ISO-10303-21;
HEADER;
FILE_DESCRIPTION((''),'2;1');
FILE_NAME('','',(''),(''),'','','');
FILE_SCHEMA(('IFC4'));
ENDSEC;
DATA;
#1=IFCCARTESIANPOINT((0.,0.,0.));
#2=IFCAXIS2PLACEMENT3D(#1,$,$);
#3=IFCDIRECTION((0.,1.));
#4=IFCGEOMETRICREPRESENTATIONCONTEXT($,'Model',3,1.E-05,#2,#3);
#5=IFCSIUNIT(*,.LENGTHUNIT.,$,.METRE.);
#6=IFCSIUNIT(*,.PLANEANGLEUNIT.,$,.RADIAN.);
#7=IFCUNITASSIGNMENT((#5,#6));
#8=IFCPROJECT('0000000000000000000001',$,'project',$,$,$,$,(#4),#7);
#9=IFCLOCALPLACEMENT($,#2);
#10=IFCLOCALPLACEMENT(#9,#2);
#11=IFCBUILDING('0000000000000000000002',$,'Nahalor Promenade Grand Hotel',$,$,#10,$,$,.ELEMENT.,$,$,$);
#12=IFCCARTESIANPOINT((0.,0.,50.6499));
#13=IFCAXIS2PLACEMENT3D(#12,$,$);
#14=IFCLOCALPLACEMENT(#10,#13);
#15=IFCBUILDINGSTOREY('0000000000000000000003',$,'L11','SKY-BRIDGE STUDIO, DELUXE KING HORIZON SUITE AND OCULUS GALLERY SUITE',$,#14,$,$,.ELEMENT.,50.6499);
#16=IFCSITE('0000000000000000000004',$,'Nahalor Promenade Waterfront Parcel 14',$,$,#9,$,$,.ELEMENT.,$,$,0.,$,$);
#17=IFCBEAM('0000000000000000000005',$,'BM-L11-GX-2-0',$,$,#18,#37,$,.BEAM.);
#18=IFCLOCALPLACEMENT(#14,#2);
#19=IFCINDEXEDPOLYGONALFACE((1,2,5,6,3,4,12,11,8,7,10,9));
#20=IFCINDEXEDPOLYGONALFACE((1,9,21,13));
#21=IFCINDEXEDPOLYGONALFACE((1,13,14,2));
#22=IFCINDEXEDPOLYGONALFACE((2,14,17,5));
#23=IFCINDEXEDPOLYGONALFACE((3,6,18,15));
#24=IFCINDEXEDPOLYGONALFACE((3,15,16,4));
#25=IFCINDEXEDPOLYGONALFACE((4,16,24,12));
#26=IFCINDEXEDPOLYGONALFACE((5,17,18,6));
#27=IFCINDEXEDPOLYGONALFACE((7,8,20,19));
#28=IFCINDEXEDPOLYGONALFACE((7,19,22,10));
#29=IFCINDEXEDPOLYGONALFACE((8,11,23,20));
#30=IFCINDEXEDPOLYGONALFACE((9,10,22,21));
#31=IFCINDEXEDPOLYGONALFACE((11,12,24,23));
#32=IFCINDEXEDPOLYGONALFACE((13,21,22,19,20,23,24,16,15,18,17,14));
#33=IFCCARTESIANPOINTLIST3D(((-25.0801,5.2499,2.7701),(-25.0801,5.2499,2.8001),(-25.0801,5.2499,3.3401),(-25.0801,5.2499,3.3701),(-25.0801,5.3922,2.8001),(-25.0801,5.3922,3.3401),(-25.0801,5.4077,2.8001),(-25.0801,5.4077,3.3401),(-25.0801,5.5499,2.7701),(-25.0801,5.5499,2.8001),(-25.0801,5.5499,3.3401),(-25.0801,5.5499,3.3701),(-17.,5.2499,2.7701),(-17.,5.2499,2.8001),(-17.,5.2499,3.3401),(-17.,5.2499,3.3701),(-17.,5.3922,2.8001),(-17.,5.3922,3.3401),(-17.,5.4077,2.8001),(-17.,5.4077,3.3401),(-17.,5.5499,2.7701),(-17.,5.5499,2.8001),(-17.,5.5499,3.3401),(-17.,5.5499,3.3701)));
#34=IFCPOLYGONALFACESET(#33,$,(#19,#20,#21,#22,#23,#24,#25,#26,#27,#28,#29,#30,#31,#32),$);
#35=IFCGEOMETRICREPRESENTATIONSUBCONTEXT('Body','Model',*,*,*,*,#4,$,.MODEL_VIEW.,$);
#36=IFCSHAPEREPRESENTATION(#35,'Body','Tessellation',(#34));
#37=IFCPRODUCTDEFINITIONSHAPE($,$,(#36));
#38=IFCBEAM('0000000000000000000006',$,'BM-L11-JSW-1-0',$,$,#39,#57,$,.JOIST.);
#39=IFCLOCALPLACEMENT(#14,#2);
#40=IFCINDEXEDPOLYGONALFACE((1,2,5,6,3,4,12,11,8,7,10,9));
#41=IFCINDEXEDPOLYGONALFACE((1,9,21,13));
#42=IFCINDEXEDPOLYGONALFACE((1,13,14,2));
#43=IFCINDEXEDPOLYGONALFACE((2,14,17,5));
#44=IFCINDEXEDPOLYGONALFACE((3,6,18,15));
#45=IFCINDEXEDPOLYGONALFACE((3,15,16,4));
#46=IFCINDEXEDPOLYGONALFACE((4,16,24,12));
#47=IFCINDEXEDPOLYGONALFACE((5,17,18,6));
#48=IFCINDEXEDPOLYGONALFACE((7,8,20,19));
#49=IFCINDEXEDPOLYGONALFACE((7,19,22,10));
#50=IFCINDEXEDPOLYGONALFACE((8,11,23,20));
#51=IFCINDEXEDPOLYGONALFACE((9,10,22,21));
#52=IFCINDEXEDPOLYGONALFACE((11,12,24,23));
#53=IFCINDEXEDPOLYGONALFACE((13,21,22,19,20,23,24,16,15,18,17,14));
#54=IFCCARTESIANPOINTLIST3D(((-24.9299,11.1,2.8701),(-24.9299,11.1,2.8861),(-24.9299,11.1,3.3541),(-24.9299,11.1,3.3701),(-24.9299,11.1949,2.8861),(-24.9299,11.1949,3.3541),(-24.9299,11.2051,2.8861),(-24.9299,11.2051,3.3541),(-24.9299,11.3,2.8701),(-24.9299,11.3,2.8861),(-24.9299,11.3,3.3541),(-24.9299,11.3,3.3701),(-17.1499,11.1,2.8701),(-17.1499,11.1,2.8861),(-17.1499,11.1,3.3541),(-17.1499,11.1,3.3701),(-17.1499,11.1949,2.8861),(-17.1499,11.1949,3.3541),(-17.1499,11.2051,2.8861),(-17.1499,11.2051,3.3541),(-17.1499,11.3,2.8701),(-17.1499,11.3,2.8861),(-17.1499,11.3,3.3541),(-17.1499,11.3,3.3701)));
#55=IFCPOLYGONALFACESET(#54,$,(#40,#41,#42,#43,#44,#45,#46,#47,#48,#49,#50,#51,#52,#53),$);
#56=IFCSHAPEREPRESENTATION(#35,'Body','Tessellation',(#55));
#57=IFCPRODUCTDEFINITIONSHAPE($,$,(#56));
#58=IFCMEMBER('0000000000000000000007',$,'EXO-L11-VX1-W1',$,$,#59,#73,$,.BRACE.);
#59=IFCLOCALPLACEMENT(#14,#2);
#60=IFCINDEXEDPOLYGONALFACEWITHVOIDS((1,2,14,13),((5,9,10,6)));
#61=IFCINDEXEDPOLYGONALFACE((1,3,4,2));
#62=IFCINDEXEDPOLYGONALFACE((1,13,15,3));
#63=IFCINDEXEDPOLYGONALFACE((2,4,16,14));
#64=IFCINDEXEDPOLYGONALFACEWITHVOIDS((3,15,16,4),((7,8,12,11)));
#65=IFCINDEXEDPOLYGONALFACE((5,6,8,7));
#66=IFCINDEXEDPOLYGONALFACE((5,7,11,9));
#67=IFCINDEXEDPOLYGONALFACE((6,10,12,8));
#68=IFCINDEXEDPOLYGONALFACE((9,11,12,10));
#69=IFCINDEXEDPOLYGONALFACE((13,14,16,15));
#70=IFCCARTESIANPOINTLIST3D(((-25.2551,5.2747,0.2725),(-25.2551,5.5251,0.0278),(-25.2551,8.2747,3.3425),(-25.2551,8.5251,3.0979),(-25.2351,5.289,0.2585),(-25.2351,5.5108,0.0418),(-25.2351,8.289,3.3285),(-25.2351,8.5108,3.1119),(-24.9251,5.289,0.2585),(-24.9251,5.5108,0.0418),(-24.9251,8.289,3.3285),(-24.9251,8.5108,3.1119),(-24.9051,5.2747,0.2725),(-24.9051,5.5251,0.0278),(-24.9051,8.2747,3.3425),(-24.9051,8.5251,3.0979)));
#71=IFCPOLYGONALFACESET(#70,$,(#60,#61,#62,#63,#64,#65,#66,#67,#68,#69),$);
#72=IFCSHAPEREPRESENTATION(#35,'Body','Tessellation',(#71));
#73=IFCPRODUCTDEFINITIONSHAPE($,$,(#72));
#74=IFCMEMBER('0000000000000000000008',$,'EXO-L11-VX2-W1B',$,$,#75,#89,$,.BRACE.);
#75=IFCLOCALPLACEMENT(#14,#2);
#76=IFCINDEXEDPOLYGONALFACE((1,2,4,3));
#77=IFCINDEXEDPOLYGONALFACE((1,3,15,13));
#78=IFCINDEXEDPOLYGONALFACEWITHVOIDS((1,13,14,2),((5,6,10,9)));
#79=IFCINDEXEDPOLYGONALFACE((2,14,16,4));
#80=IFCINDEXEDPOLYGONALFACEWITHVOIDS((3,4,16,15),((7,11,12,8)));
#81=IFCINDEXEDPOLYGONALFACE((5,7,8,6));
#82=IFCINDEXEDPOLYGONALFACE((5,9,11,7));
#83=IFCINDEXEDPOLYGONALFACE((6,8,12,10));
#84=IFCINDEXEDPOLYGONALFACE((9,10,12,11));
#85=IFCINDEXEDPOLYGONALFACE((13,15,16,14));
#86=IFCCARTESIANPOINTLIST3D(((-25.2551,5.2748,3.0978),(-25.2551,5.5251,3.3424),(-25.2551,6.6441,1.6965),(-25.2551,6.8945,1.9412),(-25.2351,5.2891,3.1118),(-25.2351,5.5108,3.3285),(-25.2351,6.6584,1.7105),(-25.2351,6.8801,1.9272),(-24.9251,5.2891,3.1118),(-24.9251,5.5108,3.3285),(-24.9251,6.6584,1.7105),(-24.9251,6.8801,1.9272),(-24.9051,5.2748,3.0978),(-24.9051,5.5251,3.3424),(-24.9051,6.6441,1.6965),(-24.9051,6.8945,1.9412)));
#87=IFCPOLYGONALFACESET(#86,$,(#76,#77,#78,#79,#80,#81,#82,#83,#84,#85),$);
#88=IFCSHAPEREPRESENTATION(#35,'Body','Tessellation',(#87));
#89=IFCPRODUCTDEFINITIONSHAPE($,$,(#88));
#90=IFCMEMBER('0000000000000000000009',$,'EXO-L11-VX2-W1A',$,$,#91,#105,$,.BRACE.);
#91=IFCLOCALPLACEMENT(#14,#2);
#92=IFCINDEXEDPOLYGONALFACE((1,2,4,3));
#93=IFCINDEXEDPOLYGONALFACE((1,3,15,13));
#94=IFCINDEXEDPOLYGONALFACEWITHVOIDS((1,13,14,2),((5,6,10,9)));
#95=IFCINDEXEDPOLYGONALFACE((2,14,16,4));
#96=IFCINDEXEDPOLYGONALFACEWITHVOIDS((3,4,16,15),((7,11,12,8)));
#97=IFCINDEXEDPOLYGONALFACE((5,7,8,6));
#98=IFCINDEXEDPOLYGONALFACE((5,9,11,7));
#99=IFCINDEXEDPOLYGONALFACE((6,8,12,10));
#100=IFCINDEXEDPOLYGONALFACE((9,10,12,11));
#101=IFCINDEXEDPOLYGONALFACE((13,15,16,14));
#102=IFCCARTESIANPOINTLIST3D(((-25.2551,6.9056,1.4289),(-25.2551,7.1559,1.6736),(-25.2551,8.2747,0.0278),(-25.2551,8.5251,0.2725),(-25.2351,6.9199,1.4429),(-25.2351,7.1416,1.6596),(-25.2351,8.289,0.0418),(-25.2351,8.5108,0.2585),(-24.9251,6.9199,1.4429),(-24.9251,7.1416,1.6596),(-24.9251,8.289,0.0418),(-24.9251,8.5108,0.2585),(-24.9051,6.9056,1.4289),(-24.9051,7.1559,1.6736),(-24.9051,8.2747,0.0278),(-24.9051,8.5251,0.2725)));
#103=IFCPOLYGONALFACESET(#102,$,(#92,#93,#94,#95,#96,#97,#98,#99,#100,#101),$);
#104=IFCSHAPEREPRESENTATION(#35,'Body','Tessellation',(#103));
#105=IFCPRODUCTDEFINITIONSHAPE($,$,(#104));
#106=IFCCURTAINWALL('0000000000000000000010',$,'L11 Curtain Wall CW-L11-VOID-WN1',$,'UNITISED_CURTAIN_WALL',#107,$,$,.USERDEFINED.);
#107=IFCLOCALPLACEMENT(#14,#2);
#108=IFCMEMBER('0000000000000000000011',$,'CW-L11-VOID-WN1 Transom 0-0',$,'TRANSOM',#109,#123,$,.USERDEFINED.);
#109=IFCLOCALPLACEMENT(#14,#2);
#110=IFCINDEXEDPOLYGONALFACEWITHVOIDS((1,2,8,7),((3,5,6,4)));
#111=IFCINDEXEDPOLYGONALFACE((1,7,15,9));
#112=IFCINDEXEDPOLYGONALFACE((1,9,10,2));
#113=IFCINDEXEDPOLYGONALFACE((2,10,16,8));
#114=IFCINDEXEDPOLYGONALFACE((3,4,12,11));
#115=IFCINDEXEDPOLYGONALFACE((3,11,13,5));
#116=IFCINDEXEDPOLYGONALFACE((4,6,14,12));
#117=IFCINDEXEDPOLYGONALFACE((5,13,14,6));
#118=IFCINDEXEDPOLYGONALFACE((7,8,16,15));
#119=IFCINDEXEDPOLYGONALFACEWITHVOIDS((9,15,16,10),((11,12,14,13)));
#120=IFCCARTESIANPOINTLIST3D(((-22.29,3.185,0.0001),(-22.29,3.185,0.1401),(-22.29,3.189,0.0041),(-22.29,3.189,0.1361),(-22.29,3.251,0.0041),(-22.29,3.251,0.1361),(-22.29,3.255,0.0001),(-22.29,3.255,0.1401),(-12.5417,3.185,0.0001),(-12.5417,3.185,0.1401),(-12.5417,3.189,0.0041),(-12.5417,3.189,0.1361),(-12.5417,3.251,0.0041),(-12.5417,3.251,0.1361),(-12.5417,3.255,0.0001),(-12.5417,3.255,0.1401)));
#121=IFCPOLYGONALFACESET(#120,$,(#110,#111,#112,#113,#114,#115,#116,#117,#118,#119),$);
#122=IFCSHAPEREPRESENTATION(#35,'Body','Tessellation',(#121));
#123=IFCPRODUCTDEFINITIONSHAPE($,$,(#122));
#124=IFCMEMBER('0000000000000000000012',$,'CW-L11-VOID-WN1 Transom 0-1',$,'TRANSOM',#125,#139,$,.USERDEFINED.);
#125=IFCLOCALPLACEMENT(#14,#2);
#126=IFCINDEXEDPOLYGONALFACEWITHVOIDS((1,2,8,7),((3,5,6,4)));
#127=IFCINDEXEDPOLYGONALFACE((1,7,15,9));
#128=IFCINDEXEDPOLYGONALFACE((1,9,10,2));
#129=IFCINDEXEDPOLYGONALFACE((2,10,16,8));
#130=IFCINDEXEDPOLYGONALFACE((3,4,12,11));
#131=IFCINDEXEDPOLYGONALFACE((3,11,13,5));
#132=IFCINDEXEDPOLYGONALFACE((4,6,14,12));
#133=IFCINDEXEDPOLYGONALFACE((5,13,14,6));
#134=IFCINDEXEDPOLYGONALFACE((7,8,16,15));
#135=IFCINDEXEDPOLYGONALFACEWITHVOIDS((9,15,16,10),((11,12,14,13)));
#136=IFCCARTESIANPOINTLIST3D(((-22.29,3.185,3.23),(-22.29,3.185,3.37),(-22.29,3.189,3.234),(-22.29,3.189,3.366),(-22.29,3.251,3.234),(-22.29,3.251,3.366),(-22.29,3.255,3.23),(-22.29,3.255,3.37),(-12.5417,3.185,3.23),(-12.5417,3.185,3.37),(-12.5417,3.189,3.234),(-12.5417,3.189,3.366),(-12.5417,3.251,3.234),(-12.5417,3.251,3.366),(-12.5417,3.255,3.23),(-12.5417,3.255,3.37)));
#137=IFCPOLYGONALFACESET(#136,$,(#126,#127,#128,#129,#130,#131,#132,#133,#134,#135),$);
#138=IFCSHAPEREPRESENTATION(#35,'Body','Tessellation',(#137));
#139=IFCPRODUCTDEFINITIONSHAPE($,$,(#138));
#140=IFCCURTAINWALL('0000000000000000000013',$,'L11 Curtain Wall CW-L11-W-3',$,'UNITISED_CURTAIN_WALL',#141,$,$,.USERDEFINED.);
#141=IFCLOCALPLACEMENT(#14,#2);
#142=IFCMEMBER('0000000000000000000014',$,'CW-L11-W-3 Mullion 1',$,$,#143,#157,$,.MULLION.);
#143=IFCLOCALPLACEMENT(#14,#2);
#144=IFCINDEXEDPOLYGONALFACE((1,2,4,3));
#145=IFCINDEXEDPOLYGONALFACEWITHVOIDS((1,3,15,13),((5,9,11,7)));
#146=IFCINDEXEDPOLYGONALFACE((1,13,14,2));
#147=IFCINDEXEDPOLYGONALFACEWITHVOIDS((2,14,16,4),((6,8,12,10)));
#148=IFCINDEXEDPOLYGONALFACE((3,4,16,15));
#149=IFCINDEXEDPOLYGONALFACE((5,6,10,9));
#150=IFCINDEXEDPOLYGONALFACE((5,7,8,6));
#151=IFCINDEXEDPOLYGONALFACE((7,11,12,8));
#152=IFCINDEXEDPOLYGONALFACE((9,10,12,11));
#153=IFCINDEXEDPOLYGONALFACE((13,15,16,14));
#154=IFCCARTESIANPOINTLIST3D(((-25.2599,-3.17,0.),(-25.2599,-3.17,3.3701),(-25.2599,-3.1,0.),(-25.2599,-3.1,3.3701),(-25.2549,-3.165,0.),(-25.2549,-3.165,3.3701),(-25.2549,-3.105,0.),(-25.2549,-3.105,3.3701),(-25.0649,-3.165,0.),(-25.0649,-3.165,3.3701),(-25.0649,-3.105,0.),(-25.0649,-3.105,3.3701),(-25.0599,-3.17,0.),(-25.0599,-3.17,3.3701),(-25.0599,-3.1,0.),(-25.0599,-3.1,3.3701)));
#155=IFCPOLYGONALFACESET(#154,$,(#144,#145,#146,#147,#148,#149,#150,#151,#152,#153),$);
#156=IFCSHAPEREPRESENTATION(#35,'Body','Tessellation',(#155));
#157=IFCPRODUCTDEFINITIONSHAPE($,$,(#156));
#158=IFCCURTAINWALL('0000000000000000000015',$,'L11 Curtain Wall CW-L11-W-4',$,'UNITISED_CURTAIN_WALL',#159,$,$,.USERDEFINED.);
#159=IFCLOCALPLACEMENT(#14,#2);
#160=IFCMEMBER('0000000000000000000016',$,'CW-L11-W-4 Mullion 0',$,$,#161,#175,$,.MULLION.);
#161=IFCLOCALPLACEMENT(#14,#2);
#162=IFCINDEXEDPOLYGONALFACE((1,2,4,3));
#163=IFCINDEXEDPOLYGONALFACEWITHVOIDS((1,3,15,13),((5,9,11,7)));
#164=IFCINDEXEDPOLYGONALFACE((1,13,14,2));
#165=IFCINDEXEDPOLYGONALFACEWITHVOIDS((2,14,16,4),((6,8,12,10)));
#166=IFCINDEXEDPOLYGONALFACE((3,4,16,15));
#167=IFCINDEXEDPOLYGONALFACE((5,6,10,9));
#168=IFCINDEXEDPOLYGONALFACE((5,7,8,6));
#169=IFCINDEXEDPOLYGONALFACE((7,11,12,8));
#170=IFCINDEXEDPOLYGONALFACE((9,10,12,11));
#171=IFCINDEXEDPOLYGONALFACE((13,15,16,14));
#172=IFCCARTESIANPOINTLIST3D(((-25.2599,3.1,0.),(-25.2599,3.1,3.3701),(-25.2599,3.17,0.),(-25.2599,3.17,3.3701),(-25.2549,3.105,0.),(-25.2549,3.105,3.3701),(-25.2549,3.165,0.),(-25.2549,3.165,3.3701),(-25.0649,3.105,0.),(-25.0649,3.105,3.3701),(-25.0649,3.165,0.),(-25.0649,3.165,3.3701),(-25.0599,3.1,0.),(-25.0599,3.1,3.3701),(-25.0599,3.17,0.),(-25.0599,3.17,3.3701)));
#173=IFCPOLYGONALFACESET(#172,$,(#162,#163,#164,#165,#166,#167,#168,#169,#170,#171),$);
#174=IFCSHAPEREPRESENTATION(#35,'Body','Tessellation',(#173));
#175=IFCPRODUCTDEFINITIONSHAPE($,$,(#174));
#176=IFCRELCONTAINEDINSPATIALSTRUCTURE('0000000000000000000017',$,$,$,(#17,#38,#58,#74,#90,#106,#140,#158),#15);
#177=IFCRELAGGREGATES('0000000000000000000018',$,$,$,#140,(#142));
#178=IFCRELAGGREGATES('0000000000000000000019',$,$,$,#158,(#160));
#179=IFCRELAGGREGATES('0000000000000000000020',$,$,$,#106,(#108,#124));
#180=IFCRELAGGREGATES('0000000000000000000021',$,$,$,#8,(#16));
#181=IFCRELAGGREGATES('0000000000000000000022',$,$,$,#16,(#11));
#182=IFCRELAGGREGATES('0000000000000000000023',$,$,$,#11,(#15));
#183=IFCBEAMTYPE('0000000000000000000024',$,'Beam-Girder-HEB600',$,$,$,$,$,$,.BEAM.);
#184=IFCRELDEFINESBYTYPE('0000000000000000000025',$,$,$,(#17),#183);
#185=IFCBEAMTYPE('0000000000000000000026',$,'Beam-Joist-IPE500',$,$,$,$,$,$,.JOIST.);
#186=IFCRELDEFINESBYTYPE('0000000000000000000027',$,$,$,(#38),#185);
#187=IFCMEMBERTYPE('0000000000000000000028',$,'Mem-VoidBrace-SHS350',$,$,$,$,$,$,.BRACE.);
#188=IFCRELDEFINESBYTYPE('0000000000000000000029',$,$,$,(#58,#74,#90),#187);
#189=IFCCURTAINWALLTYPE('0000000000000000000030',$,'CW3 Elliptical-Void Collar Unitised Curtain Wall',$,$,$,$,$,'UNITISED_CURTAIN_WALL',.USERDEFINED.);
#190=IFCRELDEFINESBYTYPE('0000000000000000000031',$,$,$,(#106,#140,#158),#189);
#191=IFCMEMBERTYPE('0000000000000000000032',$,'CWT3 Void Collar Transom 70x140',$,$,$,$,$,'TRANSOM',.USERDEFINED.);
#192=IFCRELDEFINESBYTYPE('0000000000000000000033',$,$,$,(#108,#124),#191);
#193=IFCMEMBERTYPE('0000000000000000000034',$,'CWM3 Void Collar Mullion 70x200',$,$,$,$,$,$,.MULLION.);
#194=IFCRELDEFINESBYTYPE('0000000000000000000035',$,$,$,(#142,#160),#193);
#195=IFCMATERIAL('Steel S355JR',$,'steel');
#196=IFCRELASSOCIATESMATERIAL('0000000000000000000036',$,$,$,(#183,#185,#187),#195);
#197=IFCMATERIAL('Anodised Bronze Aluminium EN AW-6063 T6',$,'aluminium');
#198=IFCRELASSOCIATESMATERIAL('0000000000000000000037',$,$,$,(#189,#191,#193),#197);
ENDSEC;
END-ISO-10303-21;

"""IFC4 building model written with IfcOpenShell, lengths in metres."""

from ifc_helpers import new_model, si_unit, direction, frame, origin, origin_2d, place, context, subcontext, project, spatial, hollow_rectangle, i_section, extrude, source, transform, mapped, material, material_profile, profile_set, type_object, element, aggregate, save


model = new_model("IFC4")

# Units and contexts
model_context = context("Model", 3, precision=1e-05, world=origin(), true_north=direction((0.0, 1.0)))
body_context = subcontext(model_context, "Body", "Model", "MODEL_VIEW")
ifc_project = project(units=[si_unit("LENGTHUNIT", "METRE"), si_unit("PLANEANGLEUNIT", "RADIAN")], contexts=[model_context])

# Site, building, storey
site_placement = place(None, origin())
site = spatial("IfcSite", under=ifc_project, at=site_placement, Name="Nahalor Promenade Waterfront Parcel 14", CompositionType="ELEMENT", RefElevation=0.0)
building_placement = place(site_placement, origin())
building = spatial("IfcBuilding", under=site, at=building_placement, Name="Nahalor Promenade Grand Hotel", CompositionType="ELEMENT")
storey_placement = place(building_placement, frame((0.0, 0.0, 50.6499)))
storey = spatial("IfcBuildingStorey", under=building, at=storey_placement, Name="L11", Description="SKY-BRIDGE STUDIO, DELUXE KING HORIZON SUITE AND OCULUS GALLERY SUITE", CompositionType="ELEMENT", Elevation=50.6499)

# Beams
ifc_material_1 = material(Name="Steel S355JR", Category="steel")
ifc_material_profile_1 = material_profile(ifc_material_1, i_section(OverallWidth=0.3, OverallDepth=0.6, WebThickness=0.0155, FlangeThickness=0.03, at=origin_2d()), Name="HEB 600")
ifc_profile_set_1 = profile_set([ifc_material_profile_1], Name="Steel S355JR")
beam_type_1 = type_object("IfcBeamType", Name="Beam-Girder-HEB600", PredefinedType="BEAM", material=ifc_profile_set_1)
ifc_material_profile_2 = material_profile(ifc_material_1, i_section(OverallWidth=0.2, OverallDepth=0.5, WebThickness=0.0102, FlangeThickness=0.016, at=origin_2d()), Name="IPE 500")
ifc_profile_set_2 = profile_set([ifc_material_profile_2], Name="Steel S355JR")
beam_type_2 = type_object("IfcBeamType", Name="Beam-Joist-IPE500", PredefinedType="JOIST", material=ifc_profile_set_2)
shared_shape_1 = source(origin(), body_context, "Body", "SweptSolid", [
    extrude(i_section(OverallWidth=0.3, OverallDepth=0.6, WebThickness=0.0155, FlangeThickness=0.03, at=origin_2d()), origin(), (0.0, 0.0, 1.0), 8.0801),
])
beam_1_placement = place(storey_placement, frame((-25.0801, 5.3999, 3.0701), z_axis=(1.0, 0.0, 0.0), x_axis=(0.0, 1.0, 0.0)))
element("IfcBeam", 1, at=beam_1_placement, inside=storey, type_object=beam_type_1, Name="BM-L11-GX-2-0", PredefinedType="BEAM", context=body_context, shape_type="MappedRepresentation", body=[
    mapped(shared_shape_1, transform((0.0, 0.0, 0.0), scale=1.0)),
])
shared_shape_2 = source(origin(), body_context, "Body", "SweptSolid", [
    extrude(i_section(OverallWidth=0.2, OverallDepth=0.5, WebThickness=0.0102, FlangeThickness=0.016, at=origin_2d()), origin(), (0.0, 0.0, 1.0), 7.78),
])
beam_2_placement = place(storey_placement, frame((-24.9299, 11.2, 3.1201), z_axis=(1.0, 0.0, 0.0), x_axis=(0.0, 1.0, 0.0)))
element("IfcBeam", 2, at=beam_2_placement, inside=storey, type_object=beam_type_2, Name="BM-L11-JSW-1-0", PredefinedType="JOIST", context=body_context, shape_type="MappedRepresentation", body=[
    mapped(shared_shape_2, transform((0.0, 0.0, 0.0), scale=1.0)),
])

# Members
ifc_material_profile_3 = material_profile(ifc_material_1, hollow_rectangle(XDim=0.35, YDim=0.35, WallThickness=0.02, at=origin_2d()), Name="SHS 350x350x20")
ifc_profile_set_3 = profile_set([ifc_material_profile_3], Name="Steel S355JR")
member_type_1 = type_object("IfcMemberType", Name="Mem-VoidBrace-SHS350", PredefinedType="BRACE", material=ifc_profile_set_3)
shared_shape_3 = source(origin(), body_context, "Body", "SweptSolid", [
    extrude(hollow_rectangle(XDim=0.35, YDim=0.35, WallThickness=0.02, at=origin_2d()), origin(), (0.0, 0.0, 1.0), 4.2925),
])
member_1_placement = place(storey_placement, frame((-25.0801, 5.3999, 0.1501), z_axis=(0.0, 0.698898, 0.715221), x_axis=(-1.0, 0.0, 0.0)))
element("IfcMember", 3, at=member_1_placement, inside=storey, type_object=member_type_1, Name="EXO-L11-VX1-W1", PredefinedType="BRACE", context=body_context, shape_type="MappedRepresentation", body=[
    mapped(shared_shape_3, transform((0.0, 0.0, 0.0), scale=1.0)),
])
shared_shape_4 = source(origin(), body_context, "Body", "SweptSolid", [
    extrude(hollow_rectangle(XDim=0.35, YDim=0.35, WallThickness=0.02, at=origin_2d()), origin(), (0.0, 0.0, 1.0), 1.9592),
])
member_2_placement = place(storey_placement, frame((-25.0801, 6.7693, 1.8188), z_axis=(0.0, -0.698898, 0.715221), x_axis=(1.0, 0.0, 0.0)))
element("IfcMember", 4, at=member_2_placement, inside=storey, type_object=member_type_1, Name="EXO-L11-VX2-W1B", PredefinedType="BRACE", context=body_context, shape_type="MappedRepresentation", body=[
    mapped(shared_shape_4, transform((0.0, 0.0, 0.0), scale=1.0)),
])
shared_shape_5 = source(origin(), body_context, "Body", "SweptSolid", [
    extrude(hollow_rectangle(XDim=0.35, YDim=0.35, WallThickness=0.02, at=origin_2d()), origin(), (0.0, 0.0, 1.0), 1.959),
])
member_3_placement = place(storey_placement, frame((-25.0801, 8.3999, 0.1501), z_axis=(0.0, -0.698897, 0.715223), x_axis=(1.0, 0.0, 0.0)))
element("IfcMember", 5, at=member_3_placement, inside=storey, type_object=member_type_1, Name="EXO-L11-VX2-W1A", PredefinedType="BRACE", context=body_context, shape_type="MappedRepresentation", body=[
    mapped(shared_shape_5, transform((0.0, 0.0, 0.0), scale=1.0)),
])

# Curtain wall, members
ifc_material_2 = material(Name="Anodised Bronze Aluminium EN AW-6063 T6", Category="aluminium")
curtain_wall_type = type_object("IfcCurtainWallType", Name="CW3 Elliptical-Void Collar Unitised Curtain Wall", ElementType="UNITISED_CURTAIN_WALL", PredefinedType="USERDEFINED", material=ifc_material_2)
curtain_wall_1_placement = place(storey_placement, origin())
curtain_wall_1 = element("IfcCurtainWall", 6, at=curtain_wall_1_placement, inside=storey, type_object=curtain_wall_type, Name="L11 Curtain Wall CW-L11-VOID-WN1", ObjectType="UNITISED_CURTAIN_WALL", PredefinedType="USERDEFINED")
ifc_material_profile_4 = material_profile(ifc_material_2, hollow_rectangle(XDim=0.07, YDim=0.14, WallThickness=0.004, at=origin_2d()), Name="CWT 70x140x4")
ifc_profile_set_4 = profile_set([ifc_material_profile_4], Name="Anodised Bronze Aluminium EN AW-6063 T6")
member_type_2 = type_object("IfcMemberType", Name="CWT3 Void Collar Transom 70x140", ElementType="TRANSOM", PredefinedType="USERDEFINED", material=ifc_profile_set_4)
shared_shape_6 = source(origin(), body_context, "Body", "SweptSolid", [
    extrude(hollow_rectangle(XDim=0.07, YDim=0.14, WallThickness=0.004, at=origin_2d()), origin(), (0.0, 0.0, 1.0), 9.7483),
])
member_4_placement = place(storey_placement, frame((-22.29, 3.22, 0.0701), z_axis=(1.0, 0.0, 0.0), x_axis=(0.0, 1.0, 0.0)))
member_4 = element("IfcMember", 7, at=member_4_placement, type_object=member_type_2, Name="CW-L11-VOID-WN1 Transom 0-0", ObjectType="TRANSOM", PredefinedType="USERDEFINED", context=body_context, shape_type="MappedRepresentation", body=[
    mapped(shared_shape_6, transform((0.0, 0.0, 0.0), scale=1.0)),
])
member_5_placement = place(storey_placement, frame((-22.29, 3.22, 3.3), z_axis=(1.0, 0.0, 0.0), x_axis=(0.0, 1.0, 0.0)))
member_5 = element("IfcMember", 8, at=member_5_placement, type_object=member_type_2, Name="CW-L11-VOID-WN1 Transom 0-1", ObjectType="TRANSOM", PredefinedType="USERDEFINED", context=body_context, shape_type="MappedRepresentation", body=[
    mapped(shared_shape_6, transform((0.0, 0.0, 0.0), scale=1.0)),
])

# Curtain walls, members
curtain_wall_2_placement = place(storey_placement, origin())
curtain_wall_2 = element("IfcCurtainWall", 9, at=curtain_wall_2_placement, inside=storey, type_object=curtain_wall_type, Name="L11 Curtain Wall CW-L11-W-3", ObjectType="UNITISED_CURTAIN_WALL", PredefinedType="USERDEFINED")
ifc_material_profile_5 = material_profile(ifc_material_2, hollow_rectangle(XDim=0.07, YDim=0.2, WallThickness=0.005, at=origin_2d()), Name="CWM 70x200x5")
ifc_profile_set_5 = profile_set([ifc_material_profile_5], Name="Anodised Bronze Aluminium EN AW-6063 T6")
member_type_3 = type_object("IfcMemberType", Name="CWM3 Void Collar Mullion 70x200", PredefinedType="MULLION", material=ifc_profile_set_5)
shared_shape_7 = source(origin(), body_context, "Body", "SweptSolid", [
    extrude(hollow_rectangle(XDim=0.07, YDim=0.2, WallThickness=0.005, at=origin_2d()), origin(), (0.0, 0.0, 1.0), 3.3701),
])
member_6_placement = place(storey_placement, frame((-25.1599, -3.135, 0.0), z_axis=(0.0, 0.0, 1.0), x_axis=(0.0, 1.0, 0.0)))
member_6 = element("IfcMember", 10, at=member_6_placement, type_object=member_type_3, Name="CW-L11-W-3 Mullion 1", PredefinedType="MULLION", context=body_context, shape_type="MappedRepresentation", body=[
    mapped(shared_shape_7, transform((0.0, 0.0, 0.0), scale=1.0)),
])
aggregate(curtain_wall_2, [member_6])
curtain_wall_3_placement = place(storey_placement, origin())
curtain_wall_3 = element("IfcCurtainWall", 11, at=curtain_wall_3_placement, inside=storey, type_object=curtain_wall_type, Name="L11 Curtain Wall CW-L11-W-4", ObjectType="UNITISED_CURTAIN_WALL", PredefinedType="USERDEFINED")
member_7_placement = place(storey_placement, frame((-25.1599, 3.135, 0.0), z_axis=(0.0, 0.0, 1.0), x_axis=(0.0, 1.0, 0.0)))
member_7 = element("IfcMember", 12, at=member_7_placement, type_object=member_type_3, Name="CW-L11-W-4 Mullion 0", PredefinedType="MULLION", context=body_context, shape_type="MappedRepresentation", body=[
    mapped(shared_shape_7, transform((0.0, 0.0, 0.0), scale=1.0)),
])

aggregate(curtain_wall_3, [member_7])
aggregate(curtain_wall_1, [member_4, member_5])

save(model, "model.ifc")
